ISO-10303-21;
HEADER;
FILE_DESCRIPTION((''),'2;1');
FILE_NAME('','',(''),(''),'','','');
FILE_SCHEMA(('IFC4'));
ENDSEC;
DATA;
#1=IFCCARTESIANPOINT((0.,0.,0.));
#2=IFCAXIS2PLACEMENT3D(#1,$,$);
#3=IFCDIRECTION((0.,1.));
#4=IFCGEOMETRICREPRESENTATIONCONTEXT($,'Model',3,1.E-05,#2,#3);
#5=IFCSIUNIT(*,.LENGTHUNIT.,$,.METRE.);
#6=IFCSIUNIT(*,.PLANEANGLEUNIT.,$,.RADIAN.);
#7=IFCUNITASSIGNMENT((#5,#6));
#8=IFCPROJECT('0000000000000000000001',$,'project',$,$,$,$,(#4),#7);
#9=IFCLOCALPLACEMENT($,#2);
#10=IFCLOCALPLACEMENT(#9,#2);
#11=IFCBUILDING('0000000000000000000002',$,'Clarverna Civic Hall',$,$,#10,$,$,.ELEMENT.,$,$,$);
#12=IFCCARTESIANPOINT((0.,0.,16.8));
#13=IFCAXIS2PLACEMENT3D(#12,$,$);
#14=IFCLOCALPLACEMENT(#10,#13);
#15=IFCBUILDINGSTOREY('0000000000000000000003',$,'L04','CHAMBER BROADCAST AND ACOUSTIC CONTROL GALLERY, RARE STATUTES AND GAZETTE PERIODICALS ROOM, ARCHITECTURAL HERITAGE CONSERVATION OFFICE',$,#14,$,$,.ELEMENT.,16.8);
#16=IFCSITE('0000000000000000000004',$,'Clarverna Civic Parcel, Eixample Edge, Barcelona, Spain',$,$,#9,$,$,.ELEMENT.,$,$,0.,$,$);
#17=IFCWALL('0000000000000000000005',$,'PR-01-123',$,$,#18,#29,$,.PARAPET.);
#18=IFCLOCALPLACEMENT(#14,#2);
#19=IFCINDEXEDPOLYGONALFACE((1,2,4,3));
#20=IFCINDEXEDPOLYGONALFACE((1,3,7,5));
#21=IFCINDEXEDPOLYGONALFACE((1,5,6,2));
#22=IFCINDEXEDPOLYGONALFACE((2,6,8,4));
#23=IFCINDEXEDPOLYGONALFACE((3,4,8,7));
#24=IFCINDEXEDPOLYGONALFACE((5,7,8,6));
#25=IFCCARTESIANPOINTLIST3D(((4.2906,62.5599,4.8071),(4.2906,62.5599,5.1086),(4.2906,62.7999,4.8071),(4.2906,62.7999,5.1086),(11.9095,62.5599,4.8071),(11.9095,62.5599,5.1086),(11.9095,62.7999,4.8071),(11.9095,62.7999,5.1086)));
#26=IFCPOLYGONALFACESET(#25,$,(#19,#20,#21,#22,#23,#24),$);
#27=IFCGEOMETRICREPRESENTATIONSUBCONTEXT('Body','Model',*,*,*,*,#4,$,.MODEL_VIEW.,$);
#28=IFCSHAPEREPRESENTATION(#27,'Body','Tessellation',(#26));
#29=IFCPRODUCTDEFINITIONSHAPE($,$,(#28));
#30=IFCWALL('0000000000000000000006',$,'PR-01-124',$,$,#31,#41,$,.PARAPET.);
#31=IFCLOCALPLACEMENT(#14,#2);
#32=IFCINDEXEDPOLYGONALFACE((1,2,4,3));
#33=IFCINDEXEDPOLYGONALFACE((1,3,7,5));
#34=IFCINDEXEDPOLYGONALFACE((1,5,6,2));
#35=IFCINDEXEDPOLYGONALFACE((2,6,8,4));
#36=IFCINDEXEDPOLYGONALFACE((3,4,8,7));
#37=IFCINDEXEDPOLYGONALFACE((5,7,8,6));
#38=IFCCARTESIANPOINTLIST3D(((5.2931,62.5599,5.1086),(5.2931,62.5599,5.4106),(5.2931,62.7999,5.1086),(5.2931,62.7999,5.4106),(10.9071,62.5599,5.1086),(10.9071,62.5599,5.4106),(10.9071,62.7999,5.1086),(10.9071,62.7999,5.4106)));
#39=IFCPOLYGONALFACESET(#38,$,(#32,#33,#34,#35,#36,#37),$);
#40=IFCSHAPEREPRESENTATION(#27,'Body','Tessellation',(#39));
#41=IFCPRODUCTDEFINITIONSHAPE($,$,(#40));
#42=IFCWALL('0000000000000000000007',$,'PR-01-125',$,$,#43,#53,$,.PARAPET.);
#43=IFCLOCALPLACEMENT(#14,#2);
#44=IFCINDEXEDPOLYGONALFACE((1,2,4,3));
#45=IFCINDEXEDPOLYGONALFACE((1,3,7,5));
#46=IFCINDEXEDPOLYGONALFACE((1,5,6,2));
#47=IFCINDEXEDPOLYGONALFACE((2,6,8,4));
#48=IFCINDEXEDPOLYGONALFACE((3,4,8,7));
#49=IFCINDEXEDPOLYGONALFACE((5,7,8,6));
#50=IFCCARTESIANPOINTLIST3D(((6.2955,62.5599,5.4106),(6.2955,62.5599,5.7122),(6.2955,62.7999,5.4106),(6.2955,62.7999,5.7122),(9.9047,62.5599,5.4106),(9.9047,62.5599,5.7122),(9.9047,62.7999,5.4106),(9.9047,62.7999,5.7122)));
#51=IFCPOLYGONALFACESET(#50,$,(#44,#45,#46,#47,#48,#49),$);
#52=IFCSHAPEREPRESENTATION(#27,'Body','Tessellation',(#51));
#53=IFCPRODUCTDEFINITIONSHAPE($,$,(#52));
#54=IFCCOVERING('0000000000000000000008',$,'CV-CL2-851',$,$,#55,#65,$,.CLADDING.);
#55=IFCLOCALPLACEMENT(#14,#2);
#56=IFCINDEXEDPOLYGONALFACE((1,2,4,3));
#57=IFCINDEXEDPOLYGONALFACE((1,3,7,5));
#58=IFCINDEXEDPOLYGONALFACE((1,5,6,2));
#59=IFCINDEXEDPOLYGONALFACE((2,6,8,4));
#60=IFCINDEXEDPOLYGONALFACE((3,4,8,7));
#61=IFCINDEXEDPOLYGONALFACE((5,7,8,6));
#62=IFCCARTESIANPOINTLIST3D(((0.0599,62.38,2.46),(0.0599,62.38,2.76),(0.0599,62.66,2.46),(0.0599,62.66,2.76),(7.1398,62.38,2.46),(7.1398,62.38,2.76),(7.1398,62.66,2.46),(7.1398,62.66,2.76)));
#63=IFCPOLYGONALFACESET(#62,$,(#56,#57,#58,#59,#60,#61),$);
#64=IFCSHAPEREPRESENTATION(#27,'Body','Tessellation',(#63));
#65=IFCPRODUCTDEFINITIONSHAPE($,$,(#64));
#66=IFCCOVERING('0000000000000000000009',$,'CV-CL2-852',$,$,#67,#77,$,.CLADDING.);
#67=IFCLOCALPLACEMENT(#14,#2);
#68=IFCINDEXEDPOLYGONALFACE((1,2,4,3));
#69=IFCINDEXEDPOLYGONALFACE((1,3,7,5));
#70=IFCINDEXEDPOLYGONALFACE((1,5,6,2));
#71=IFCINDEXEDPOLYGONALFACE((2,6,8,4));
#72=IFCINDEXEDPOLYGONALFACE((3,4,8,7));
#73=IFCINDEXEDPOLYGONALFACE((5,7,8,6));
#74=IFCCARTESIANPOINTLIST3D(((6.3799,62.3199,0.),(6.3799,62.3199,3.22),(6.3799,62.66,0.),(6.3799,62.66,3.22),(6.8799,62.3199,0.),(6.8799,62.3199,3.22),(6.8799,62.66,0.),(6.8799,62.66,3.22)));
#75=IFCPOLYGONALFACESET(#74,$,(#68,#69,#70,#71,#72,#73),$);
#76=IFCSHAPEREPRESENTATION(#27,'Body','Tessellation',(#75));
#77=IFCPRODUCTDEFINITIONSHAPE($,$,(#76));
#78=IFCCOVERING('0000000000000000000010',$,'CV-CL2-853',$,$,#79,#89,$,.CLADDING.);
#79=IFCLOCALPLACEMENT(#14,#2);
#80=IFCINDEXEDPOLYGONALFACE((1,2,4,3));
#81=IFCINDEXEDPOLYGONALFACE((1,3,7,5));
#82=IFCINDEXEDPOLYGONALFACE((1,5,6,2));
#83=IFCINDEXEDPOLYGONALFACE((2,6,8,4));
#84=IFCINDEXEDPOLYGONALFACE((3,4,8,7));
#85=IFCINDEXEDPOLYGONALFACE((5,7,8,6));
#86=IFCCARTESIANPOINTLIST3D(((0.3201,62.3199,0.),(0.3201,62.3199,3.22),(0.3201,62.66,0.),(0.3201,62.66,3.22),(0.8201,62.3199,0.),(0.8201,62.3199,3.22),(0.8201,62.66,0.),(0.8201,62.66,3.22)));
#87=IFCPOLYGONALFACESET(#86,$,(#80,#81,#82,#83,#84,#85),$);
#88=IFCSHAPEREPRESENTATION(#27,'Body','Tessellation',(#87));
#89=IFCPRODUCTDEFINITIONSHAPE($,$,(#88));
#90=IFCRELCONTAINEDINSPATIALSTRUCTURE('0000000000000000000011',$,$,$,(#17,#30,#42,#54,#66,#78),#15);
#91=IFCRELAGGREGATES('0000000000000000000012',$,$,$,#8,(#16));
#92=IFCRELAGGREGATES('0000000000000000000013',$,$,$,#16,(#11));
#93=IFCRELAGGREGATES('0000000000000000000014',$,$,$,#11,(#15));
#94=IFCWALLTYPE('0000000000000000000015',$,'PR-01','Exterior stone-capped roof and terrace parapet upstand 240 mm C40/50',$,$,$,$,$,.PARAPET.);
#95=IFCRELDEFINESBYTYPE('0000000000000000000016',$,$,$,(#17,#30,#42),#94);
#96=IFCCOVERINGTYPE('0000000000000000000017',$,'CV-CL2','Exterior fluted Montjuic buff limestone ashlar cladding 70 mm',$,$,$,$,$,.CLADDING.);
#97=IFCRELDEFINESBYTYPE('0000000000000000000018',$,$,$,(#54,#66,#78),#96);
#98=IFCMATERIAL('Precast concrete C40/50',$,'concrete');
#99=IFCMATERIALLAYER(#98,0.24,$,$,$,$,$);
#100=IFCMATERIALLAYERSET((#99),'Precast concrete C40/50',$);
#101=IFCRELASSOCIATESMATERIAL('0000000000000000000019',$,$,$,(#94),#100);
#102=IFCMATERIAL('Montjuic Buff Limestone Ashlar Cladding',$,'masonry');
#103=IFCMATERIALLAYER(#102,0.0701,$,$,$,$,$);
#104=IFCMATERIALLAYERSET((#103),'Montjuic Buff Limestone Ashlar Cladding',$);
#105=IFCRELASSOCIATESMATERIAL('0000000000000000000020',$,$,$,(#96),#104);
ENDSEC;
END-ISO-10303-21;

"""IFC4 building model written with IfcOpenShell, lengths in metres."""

from ifc_helpers import new_model, si_unit, direction, frame, frame_2d, origin, place, context, subcontext, project, spatial, rectangle, extrude, material, layer, layer_set, type_object, element, save


model = new_model("IFC4")

# Units and contexts
model_context = context("Model", 3, precision=1e-05, world=origin(), true_north=direction((0.0, 1.0)))
body_context = subcontext(model_context, "Body", "Model", "MODEL_VIEW")
ifc_project = project(units=[si_unit("LENGTHUNIT", "METRE"), si_unit("PLANEANGLEUNIT", "RADIAN")], contexts=[model_context])

# Site, building, storey
site_placement = place(None, origin())
site = spatial("IfcSite", under=ifc_project, at=site_placement, Name="Clarverna Civic Parcel, Eixample Edge, Barcelona, Spain", CompositionType="ELEMENT", RefElevation=0.0)
building_placement = place(site_placement, origin())
building = spatial("IfcBuilding", under=site, at=building_placement, Name="Clarverna Civic Hall", CompositionType="ELEMENT")
storey_placement = place(building_placement, frame((0.0, 0.0, 16.8)))
storey = spatial("IfcBuildingStorey", under=building, at=storey_placement, Name="L04", Description="CHAMBER BROADCAST AND ACOUSTIC CONTROL GALLERY, RARE STATUTES AND GAZETTE PERIODICALS ROOM, ARCHITECTURAL HERITAGE CONSERVATION OFFICE", CompositionType="ELEMENT", Elevation=16.8)

# Walls
ifc_material_1 = material(Name="Precast concrete C40/50", Category="concrete")
ifc_layer_1 = layer(ifc_material_1, 0.24)
ifc_layer_set_1 = layer_set([ifc_layer_1], Name="Precast concrete C40/50")
wall_type = type_object("IfcWallType", Name="PR-01", Description="Exterior stone-capped roof and terrace parapet upstand 240 mm C40/50", PredefinedType="PARAPET", material=ifc_layer_set_1)
wall_1_placement = place(storey_placement, frame((4.2905, 62.6799, 4.8071), z_axis=(0.0, 0.0, 1.0), x_axis=(1.0, 0.0, 0.0)))
element("IfcWall", 1, at=wall_1_placement, inside=storey, type_object=wall_type, Name="PR-01-123", PredefinedType="PARAPET", context=body_context, shape_type="SweptSolid", body=[
    extrude(rectangle(XDim=7.6189, YDim=0.24, at=frame_2d((3.8096, 0.0))), origin(), (0.0, 0.0, 1.0), 0.3015),
])
wall_2_placement = place(storey_placement, frame((5.293, 62.6799, 5.1086), z_axis=(0.0, 0.0, 1.0), x_axis=(1.0, 0.0, 0.0)))
element("IfcWall", 2, at=wall_2_placement, inside=storey, type_object=wall_type, Name="PR-01-124", PredefinedType="PARAPET", context=body_context, shape_type="SweptSolid", body=[
    extrude(rectangle(XDim=5.614, YDim=0.24, at=frame_2d((2.8071, 0.0))), origin(), (0.0, 0.0, 1.0), 0.302),
])
wall_3_placement = place(storey_placement, frame((6.2954, 62.6799, 5.4106), z_axis=(0.0, 0.0, 1.0), x_axis=(1.0, 0.0, 0.0)))
element("IfcWall", 3, at=wall_3_placement, inside=storey, type_object=wall_type, Name="PR-01-125", PredefinedType="PARAPET", context=body_context, shape_type="SweptSolid", body=[
    extrude(rectangle(XDim=3.6091, YDim=0.24, at=frame_2d((1.8047, 0.0))), origin(), (0.0, 0.0, 1.0), 0.3015),
])

# Coverings
ifc_material_2 = material(Name="Montjuic Buff Limestone Ashlar Cladding", Category="masonry")
ifc_layer_2 = layer(ifc_material_2, 0.0701)
ifc_layer_set_2 = layer_set([ifc_layer_2], Name="Montjuic Buff Limestone Ashlar Cladding")
covering_type = type_object("IfcCoveringType", Name="CV-CL2", Description="Exterior fluted Montjuic buff limestone ashlar cladding 70 mm", PredefinedType="CLADDING", material=ifc_layer_set_2)
covering_placement = place(storey_placement, frame((7.1399, 62.52, 2.46), z_axis=(0.0, 0.0, 1.0), x_axis=(-1.0, 0.0, 0.0)))
element("IfcCovering", 4, at=covering_placement, inside=storey, type_object=covering_type, Name="CV-CL2-851", PredefinedType="CLADDING", context=body_context, shape_type="SweptSolid", body=[
    extrude(rectangle(XDim=7.0798, YDim=0.28, at=frame_2d((3.54, 0.0))), origin(), (0.0, 0.0, 1.0), 0.3),
])
for number, where, z_axis, x_axis, name in (
    (5, (6.8799, 62.49, 0.0), (0.0, 0.0, 1.0), (-1.0, 0.0, 0.0), "CV-CL2-852"),
    (6, (0.8201, 62.49, 0.0), (0.0, 0.0, 1.0), (-1.0, 0.0, 0.0), "CV-CL2-853"),
):
    element("IfcCovering", number, at=place(storey_placement, frame(where, z_axis=z_axis, x_axis=x_axis)), inside=storey, type_object=covering_type, Name=name, PredefinedType="CLADDING", context=body_context, shape_type="SweptSolid", body=[
        extrude(rectangle(XDim=0.5, YDim=0.3401, at=frame_2d((0.25, 0.0))), origin(), (0.0, 0.0, 1.0), 3.22),
    ])

save(model, "model.ifc")
